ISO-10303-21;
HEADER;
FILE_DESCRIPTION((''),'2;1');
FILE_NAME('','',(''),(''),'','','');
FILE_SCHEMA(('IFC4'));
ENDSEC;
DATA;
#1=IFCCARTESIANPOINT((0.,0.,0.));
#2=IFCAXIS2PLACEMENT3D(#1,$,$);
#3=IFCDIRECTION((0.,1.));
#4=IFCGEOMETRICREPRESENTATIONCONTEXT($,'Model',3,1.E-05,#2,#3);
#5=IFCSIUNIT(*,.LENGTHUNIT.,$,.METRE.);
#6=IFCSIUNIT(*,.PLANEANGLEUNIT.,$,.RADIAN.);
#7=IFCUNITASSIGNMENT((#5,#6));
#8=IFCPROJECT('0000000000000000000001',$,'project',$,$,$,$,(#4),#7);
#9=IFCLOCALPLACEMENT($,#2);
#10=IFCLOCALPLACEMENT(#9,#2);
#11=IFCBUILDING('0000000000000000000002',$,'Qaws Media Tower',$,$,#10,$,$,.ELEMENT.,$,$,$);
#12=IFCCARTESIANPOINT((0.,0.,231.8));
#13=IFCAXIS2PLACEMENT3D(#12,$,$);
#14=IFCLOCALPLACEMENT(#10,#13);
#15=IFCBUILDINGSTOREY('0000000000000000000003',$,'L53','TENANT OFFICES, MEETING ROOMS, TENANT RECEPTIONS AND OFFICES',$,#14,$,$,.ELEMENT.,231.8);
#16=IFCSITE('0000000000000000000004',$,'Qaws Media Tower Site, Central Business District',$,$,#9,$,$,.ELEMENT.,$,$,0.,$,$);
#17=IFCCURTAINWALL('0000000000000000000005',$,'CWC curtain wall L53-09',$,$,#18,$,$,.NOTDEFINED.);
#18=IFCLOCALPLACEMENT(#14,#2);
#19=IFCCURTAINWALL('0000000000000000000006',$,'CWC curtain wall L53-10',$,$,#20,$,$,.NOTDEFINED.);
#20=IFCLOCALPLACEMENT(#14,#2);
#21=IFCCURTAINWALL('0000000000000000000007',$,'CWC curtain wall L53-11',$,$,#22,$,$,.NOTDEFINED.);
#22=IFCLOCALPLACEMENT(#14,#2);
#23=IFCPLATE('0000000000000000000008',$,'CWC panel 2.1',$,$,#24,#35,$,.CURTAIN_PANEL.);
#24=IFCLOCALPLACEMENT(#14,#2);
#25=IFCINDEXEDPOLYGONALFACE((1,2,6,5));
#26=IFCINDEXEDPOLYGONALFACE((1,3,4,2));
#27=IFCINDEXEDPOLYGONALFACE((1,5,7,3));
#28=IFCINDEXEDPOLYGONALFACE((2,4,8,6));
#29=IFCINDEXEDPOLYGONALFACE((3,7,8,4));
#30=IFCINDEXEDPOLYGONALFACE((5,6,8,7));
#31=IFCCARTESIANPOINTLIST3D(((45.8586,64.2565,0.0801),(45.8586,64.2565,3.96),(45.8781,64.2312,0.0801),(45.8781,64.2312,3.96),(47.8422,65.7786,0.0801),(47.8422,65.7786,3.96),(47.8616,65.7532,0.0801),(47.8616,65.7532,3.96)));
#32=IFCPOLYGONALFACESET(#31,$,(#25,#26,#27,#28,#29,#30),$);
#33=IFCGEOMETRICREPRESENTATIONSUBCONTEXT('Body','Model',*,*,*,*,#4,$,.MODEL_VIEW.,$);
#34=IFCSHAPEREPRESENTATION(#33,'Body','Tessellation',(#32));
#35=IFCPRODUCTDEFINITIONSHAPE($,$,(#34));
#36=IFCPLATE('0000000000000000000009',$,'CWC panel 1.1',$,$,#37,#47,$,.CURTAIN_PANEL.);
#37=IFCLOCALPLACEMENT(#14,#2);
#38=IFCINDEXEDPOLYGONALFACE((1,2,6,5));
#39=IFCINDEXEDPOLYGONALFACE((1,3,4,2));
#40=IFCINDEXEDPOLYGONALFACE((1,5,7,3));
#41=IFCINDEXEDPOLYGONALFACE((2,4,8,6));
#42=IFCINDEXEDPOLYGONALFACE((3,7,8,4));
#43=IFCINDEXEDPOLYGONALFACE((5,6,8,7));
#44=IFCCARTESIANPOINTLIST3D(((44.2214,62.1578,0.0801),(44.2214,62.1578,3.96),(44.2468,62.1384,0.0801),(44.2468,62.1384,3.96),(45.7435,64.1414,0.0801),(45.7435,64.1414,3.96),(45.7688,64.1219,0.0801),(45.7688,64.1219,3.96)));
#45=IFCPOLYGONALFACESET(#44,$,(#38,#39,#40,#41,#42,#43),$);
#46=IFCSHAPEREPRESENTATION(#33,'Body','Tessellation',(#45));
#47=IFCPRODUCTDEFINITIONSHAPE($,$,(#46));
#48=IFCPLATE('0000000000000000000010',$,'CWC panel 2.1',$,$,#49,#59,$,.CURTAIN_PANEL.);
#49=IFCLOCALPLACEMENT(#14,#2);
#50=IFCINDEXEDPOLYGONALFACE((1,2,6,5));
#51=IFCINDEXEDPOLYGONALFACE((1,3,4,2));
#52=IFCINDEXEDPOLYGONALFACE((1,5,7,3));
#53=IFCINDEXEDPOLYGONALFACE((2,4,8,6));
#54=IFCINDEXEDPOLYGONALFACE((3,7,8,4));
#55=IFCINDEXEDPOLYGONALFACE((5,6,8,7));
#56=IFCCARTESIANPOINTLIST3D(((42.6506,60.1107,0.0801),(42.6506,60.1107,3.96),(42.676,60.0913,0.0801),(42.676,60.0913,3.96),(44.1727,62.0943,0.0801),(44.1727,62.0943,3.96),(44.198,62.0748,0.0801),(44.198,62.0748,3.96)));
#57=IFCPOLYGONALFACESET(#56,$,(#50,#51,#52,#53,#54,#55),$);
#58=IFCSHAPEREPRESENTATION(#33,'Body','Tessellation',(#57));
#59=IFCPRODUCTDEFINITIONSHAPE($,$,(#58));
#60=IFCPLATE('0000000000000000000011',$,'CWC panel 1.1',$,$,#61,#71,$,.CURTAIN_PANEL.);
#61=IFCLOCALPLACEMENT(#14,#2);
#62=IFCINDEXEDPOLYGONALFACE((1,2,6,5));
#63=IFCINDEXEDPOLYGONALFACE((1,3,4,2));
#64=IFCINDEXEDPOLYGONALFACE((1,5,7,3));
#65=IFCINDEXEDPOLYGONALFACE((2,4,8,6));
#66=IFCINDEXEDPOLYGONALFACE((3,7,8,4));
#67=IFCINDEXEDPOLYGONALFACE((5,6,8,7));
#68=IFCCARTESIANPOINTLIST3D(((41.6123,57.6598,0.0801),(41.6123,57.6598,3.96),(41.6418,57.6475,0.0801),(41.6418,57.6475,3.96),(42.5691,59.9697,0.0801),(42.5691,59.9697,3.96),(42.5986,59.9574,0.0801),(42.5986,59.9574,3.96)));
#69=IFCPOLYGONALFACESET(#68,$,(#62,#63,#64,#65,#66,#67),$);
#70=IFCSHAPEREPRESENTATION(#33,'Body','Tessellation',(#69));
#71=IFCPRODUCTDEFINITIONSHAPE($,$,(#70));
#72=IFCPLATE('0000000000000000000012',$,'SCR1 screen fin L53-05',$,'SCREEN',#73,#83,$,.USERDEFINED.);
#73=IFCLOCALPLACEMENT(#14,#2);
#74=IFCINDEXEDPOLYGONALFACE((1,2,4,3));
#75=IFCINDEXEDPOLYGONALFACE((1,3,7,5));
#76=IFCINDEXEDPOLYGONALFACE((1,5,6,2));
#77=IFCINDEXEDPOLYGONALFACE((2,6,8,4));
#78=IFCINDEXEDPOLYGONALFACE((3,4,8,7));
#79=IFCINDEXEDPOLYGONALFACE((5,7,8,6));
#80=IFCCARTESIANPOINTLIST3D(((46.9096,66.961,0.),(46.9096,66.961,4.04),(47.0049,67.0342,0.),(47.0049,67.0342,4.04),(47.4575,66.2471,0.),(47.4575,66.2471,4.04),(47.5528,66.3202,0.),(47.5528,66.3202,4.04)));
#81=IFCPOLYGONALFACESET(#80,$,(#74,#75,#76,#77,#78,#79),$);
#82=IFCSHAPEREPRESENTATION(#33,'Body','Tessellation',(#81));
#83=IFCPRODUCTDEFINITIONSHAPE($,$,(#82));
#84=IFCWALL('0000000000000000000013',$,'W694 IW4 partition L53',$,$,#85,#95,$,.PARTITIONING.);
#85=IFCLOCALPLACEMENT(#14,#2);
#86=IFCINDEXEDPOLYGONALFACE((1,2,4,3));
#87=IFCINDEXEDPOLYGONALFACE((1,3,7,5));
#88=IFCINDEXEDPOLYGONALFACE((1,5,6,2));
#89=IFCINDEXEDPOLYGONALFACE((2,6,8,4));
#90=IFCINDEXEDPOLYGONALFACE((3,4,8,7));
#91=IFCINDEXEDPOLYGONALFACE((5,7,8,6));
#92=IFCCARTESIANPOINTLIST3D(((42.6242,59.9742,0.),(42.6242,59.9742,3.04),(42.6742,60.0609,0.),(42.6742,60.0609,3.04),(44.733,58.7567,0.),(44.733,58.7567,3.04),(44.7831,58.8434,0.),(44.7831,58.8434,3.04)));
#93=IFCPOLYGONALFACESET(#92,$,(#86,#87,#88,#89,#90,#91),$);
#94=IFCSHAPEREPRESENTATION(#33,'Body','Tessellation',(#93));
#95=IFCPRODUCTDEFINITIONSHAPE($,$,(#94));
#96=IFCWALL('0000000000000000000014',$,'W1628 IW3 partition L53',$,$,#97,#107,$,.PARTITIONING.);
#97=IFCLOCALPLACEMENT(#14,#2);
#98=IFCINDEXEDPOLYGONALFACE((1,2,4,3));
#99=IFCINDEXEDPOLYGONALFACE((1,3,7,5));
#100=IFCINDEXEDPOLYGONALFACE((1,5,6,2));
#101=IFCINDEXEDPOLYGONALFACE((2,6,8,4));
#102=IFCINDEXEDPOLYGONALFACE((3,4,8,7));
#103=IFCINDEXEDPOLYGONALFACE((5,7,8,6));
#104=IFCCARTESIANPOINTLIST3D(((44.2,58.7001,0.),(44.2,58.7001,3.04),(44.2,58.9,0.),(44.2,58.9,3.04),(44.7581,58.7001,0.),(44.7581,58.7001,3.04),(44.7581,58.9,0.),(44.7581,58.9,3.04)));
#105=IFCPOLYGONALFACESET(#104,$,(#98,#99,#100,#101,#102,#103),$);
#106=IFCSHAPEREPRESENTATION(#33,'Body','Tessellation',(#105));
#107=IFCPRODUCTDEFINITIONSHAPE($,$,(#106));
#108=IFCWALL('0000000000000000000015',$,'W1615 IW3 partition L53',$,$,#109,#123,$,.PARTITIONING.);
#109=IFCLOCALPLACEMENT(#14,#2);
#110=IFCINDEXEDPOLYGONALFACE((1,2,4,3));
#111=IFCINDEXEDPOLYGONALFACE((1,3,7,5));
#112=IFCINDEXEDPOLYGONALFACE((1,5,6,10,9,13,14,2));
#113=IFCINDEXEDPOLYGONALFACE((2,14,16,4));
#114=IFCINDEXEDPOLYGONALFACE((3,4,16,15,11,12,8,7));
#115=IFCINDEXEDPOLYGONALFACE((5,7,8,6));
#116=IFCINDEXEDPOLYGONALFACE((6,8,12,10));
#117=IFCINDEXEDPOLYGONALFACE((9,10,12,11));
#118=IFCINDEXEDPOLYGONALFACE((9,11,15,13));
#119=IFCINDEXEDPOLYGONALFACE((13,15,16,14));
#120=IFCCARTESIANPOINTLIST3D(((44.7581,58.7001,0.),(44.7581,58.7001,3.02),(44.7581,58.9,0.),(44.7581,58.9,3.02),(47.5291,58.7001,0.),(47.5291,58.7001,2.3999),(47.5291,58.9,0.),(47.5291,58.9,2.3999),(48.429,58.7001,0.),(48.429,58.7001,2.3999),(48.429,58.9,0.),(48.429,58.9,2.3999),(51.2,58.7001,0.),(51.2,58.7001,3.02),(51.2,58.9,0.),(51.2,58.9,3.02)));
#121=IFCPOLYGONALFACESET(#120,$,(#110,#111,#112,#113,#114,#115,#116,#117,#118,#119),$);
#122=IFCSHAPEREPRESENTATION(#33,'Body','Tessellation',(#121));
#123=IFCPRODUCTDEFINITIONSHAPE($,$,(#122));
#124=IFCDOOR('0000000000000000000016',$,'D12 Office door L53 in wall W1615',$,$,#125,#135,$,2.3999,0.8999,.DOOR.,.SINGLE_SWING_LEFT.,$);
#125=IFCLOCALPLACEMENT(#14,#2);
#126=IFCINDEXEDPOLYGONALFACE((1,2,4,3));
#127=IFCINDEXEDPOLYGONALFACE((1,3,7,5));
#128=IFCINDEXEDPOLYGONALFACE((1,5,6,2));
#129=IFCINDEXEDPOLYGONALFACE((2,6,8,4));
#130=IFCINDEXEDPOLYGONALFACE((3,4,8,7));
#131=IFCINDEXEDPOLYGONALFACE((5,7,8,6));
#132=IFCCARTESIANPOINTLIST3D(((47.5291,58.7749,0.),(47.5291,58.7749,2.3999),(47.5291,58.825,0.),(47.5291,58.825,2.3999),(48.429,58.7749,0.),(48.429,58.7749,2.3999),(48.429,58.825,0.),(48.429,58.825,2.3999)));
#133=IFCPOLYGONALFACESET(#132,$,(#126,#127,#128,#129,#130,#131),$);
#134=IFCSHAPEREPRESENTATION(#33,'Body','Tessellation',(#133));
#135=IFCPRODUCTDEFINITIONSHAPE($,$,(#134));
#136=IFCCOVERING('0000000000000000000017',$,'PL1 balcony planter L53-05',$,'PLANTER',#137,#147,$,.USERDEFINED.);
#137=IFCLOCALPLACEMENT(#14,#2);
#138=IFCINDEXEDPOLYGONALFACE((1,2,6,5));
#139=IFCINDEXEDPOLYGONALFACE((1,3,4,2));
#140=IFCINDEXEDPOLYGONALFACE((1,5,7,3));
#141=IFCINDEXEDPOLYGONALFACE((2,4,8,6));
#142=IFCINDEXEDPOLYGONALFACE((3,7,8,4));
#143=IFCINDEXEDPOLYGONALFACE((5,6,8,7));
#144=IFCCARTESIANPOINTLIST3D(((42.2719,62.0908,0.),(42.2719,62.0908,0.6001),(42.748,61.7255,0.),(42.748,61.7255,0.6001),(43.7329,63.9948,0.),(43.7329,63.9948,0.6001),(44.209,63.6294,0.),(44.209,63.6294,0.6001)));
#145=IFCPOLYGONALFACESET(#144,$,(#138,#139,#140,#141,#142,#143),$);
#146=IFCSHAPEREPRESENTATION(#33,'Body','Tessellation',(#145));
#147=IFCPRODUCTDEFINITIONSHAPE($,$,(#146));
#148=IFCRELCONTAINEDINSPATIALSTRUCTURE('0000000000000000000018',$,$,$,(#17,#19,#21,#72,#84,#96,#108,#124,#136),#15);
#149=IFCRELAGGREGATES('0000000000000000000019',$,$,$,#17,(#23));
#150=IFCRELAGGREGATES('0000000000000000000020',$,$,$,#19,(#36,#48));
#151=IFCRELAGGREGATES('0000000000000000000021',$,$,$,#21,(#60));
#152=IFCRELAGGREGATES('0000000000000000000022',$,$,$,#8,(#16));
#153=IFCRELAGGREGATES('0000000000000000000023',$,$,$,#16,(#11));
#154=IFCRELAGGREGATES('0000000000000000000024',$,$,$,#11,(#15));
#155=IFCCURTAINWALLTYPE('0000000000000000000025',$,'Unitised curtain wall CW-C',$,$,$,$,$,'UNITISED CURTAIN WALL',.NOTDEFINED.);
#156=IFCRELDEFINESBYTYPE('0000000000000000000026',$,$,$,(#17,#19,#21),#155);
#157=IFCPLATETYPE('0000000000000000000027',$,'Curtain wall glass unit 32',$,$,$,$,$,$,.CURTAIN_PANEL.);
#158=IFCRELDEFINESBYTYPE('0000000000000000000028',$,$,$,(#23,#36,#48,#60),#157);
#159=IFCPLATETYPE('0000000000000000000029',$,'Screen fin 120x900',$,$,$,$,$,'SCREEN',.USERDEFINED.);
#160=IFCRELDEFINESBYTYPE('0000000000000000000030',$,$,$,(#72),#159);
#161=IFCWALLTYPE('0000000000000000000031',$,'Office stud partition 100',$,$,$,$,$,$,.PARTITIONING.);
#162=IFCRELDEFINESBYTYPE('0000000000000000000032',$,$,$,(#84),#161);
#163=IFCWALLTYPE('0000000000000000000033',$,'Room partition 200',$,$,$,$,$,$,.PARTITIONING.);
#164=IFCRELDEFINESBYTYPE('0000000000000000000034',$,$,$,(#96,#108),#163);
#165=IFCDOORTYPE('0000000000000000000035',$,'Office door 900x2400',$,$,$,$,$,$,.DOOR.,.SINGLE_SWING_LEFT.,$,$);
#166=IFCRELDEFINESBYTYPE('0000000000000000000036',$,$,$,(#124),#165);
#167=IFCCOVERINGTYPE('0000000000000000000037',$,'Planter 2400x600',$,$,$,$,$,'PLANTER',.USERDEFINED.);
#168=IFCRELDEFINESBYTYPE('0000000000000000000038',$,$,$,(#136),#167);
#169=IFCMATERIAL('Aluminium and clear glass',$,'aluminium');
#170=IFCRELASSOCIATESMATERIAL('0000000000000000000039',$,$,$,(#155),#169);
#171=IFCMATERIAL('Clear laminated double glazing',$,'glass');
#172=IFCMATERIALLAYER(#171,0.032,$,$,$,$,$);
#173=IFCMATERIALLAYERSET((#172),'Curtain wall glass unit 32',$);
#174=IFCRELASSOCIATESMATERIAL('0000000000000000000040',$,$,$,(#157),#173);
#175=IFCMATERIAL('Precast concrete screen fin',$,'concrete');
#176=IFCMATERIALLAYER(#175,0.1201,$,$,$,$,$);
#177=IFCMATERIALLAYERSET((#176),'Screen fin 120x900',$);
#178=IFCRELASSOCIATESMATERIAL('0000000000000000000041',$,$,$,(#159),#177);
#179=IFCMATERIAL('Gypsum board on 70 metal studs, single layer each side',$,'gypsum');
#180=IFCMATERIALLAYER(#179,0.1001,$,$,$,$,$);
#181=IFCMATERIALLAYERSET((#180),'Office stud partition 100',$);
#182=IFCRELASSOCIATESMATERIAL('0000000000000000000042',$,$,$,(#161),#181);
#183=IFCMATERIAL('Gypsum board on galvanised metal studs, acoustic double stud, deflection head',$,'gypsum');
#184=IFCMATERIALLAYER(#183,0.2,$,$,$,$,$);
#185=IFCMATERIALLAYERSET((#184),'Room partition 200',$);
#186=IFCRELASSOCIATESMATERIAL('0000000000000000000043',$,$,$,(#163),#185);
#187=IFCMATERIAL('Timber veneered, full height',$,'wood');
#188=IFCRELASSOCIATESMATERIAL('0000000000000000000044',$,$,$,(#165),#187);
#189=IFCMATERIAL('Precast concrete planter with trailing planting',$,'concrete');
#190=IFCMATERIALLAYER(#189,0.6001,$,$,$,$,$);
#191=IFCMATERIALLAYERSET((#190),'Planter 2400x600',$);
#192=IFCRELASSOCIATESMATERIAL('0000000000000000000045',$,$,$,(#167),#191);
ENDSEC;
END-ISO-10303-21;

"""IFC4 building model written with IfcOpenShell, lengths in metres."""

from ifc_helpers import new_model, si_unit, direction, frame, frame_2d, origin, origin_2d, place, context, subcontext, project, spatial, rectangle, extrude, material, layer, layer_set, type_object, element, fill, aggregate, save


model = new_model("IFC4")

# Units and contexts
model_context = context("Model", 3, precision=1e-05, world=origin(), true_north=direction((0.0, 1.0)))
body_context = subcontext(model_context, "Body", "Model", "MODEL_VIEW")
ifc_project = project(units=[si_unit("LENGTHUNIT", "METRE"), si_unit("PLANEANGLEUNIT", "RADIAN")], contexts=[model_context])

# Site, building, storey
site_placement = place(None, origin())
site = spatial("IfcSite", under=ifc_project, at=site_placement, Name="Qaws Media Tower Site, Central Business District", CompositionType="ELEMENT", RefElevation=0.0)
building_placement = place(site_placement, origin())
building = spatial("IfcBuilding", under=site, at=building_placement, Name="Qaws Media Tower", CompositionType="ELEMENT")
storey_placement = place(building_placement, frame((0.0, 0.0, 231.8)))
storey = spatial("IfcBuildingStorey", under=building, at=storey_placement, Name="L53", Description="TENANT OFFICES, MEETING ROOMS, TENANT RECEPTIONS AND OFFICES", CompositionType="ELEMENT", Elevation=231.8)

# Curtain wall
ifc_material_1 = material(Name="Aluminium and clear glass", Category="aluminium")
curtain_wall_type = type_object("IfcCurtainWallType", Name="Unitised curtain wall CW-C", ElementType="UNITISED CURTAIN WALL", PredefinedType="NOTDEFINED", material=ifc_material_1)
curtain_wall_1_placement = place(storey_placement, origin())
curtain_wall_1 = element("IfcCurtainWall", 1, at=curtain_wall_1_placement, inside=storey, type_object=curtain_wall_type, Name="CWC curtain wall L53-09", PredefinedType="NOTDEFINED")

# Curtain wall
curtain_wall_2_placement = place(storey_placement, origin())
curtain_wall_2 = element("IfcCurtainWall", 2, at=curtain_wall_2_placement, inside=storey, type_object=curtain_wall_type, Name="CWC curtain wall L53-10", PredefinedType="NOTDEFINED")

# Curtain wall
curtain_wall_3_placement = place(storey_placement, origin())
curtain_wall_3 = element("IfcCurtainWall", 3, at=curtain_wall_3_placement, inside=storey, type_object=curtain_wall_type, Name="CWC curtain wall L53-11", PredefinedType="NOTDEFINED")

# Plates
ifc_material_2 = material(Name="Clear laminated double glazing", Category="glass")
ifc_layer_1 = layer(ifc_material_2, 0.032)
ifc_layer_set_1 = layer_set([ifc_layer_1], Name="Curtain wall glass unit 32")
plate_type_1 = type_object("IfcPlateType", Name="Curtain wall glass unit 32", PredefinedType="CURTAIN_PANEL", material=ifc_layer_set_1)
plate_1_placement = place(storey_placement, frame((46.8601, 65.0049, 0.0801), z_axis=(0.0, 0.0, 1.0), x_axis=(-0.793353, -0.608761, 0.0)))
plate_1 = element("IfcPlate", 4, at=plate_1_placement, type_object=plate_type_1, Name="CWC panel 2.1", PredefinedType="CURTAIN_PANEL", context=body_context, shape_type="SweptSolid", body=[
    extrude(rectangle(XDim=2.5002, YDim=0.032, at=origin_2d()), origin(), (0.0, 0.0, 1.0), 3.8799),
])
aggregate(curtain_wall_1, [plate_1])
plate_2_placement = place(storey_placement, frame((44.9951, 63.1399, 0.0801), z_axis=(0.0, 0.0, 1.0), x_axis=(-0.608761, -0.793353, 0.0)))
plate_2 = element("IfcPlate", 5, at=plate_2_placement, type_object=plate_type_1, Name="CWC panel 1.1", PredefinedType="CURTAIN_PANEL", context=body_context, shape_type="SweptSolid", body=[
    extrude(rectangle(XDim=2.5002, YDim=0.032, at=origin_2d()), origin(), (0.0, 0.0, 1.0), 3.8799),
])
plate_3_placement = place(storey_placement, frame((43.4243, 61.0928, 0.0801), z_axis=(0.0, 0.0, 1.0), x_axis=(-0.608761, -0.793353, 0.0)))
plate_3 = element("IfcPlate", 6, at=plate_3_placement, type_object=plate_type_1, Name="CWC panel 2.1", PredefinedType="CURTAIN_PANEL", context=body_context, shape_type="SweptSolid", body=[
    extrude(rectangle(XDim=2.5002, YDim=0.032, at=origin_2d()), origin(), (0.0, 0.0, 1.0), 3.8799),
])
aggregate(curtain_wall_2, [plate_2, plate_3])
plate_4_placement = place(storey_placement, frame((42.1055, 58.8086, 0.0801), z_axis=(0.0, 0.0, 1.0), x_axis=(-0.382683, -0.92388, 0.0)))
plate_4 = element("IfcPlate", 7, at=plate_4_placement, type_object=plate_type_1, Name="CWC panel 1.1", PredefinedType="CURTAIN_PANEL", context=body_context, shape_type="SweptSolid", body=[
    extrude(rectangle(XDim=2.5002, YDim=0.032, at=origin_2d()), origin(), (0.0, 0.0, 1.0), 3.8799),
])
aggregate(curtain_wall_3, [plate_4])
ifc_material_3 = material(Name="Precast concrete screen fin", Category="concrete")
ifc_layer_2 = layer(ifc_material_3, 0.1201)
ifc_layer_set_2 = layer_set([ifc_layer_2], Name="Screen fin 120x900")
plate_type_2 = type_object("IfcPlateType", Name="Screen fin 120x900", ElementType="SCREEN", PredefinedType="USERDEFINED", material=ifc_layer_set_2)
plate_5_placement = place(storey_placement, frame((47.2312, 66.6406, 0.0), z_axis=(0.0, 0.0, 1.0), x_axis=(-0.608761, 0.793353, 0.0)))
element("IfcPlate", 8, at=plate_5_placement, inside=storey, type_object=plate_type_2, Name="SCR1 screen fin L53-05", ObjectType="SCREEN", PredefinedType="USERDEFINED", context=body_context, shape_type="SweptSolid", body=[
    extrude(rectangle(XDim=0.8999, YDim=0.1201, at=origin_2d()), origin(), (0.0, 0.0, 1.0), 4.04),
])

# Walls
ifc_material_4 = material(Name="Gypsum board on 70 metal studs, single layer each side", Category="gypsum")
ifc_layer_3 = layer(ifc_material_4, 0.1001)
ifc_layer_set_3 = layer_set([ifc_layer_3], Name="Office stud partition 100")
wall_type_1 = type_object("IfcWallType", Name="Office stud partition 100", PredefinedType="PARTITIONING", material=ifc_layer_set_3)
wall_1_placement = place(storey_placement, frame((44.7581, 58.8, 0.0), z_axis=(0.0, 0.0, 1.0), x_axis=(-0.866032, 0.499989, 0.0)))
element("IfcWall", 9, at=wall_1_placement, inside=storey, type_object=wall_type_1, Name="W694 IW4 partition L53", PredefinedType="PARTITIONING", context=body_context, shape_type="SweptSolid", body=[
    extrude(rectangle(XDim=2.4351, YDim=0.1001, at=frame_2d((1.2175, 0.0))), origin(), (0.0, 0.0, 1.0), 3.04),
])
ifc_material_5 = material(Name="Gypsum board on galvanised metal studs, acoustic double stud, deflection head", Category="gypsum")
ifc_layer_4 = layer(ifc_material_5, 0.2)
ifc_layer_set_4 = layer_set([ifc_layer_4], Name="Room partition 200")
wall_type_2 = type_object("IfcWallType", Name="Room partition 200", PredefinedType="PARTITIONING", material=ifc_layer_set_4)
wall_2_placement = place(storey_placement, frame((44.2, 58.8, 0.0), z_axis=(0.0, 0.0, 1.0), x_axis=(1.0, 0.0, 0.0)))
element("IfcWall", 10, at=wall_2_placement, inside=storey, type_object=wall_type_2, Name="W1628 IW3 partition L53", PredefinedType="PARTITIONING", context=body_context, shape_type="SweptSolid", body=[
    extrude(rectangle(XDim=0.5581, YDim=0.2, at=frame_2d((0.2791, 0.0))), origin(), (0.0, 0.0, 1.0), 3.04),
])

# Wall, opening, door
wall_3_placement = place(storey_placement, frame((44.7581, 58.8, 0.0), z_axis=(0.0, 0.0, 1.0), x_axis=(1.0, 0.0, 0.0)))
wall_3 = element("IfcWall", 11, at=wall_3_placement, inside=storey, type_object=wall_type_2, Name="W1615 IW3 partition L53", PredefinedType="PARTITIONING", context=body_context, shape_type="SweptSolid", body=[
    extrude(rectangle(XDim=6.4419, YDim=0.2, at=frame_2d((3.2209, 0.0))), origin(), (0.0, 0.0, 1.0), 3.02),
])
opening_placement = place(wall_3_placement, frame((2.771, 0.0, 0.0)))
opening = element("IfcOpeningElement", 12, at=opening_placement, cuts=wall_3, PredefinedType="OPENING", context=body_context, shape_type="SweptSolid", body=[
    extrude(rectangle(XDim=0.8999, YDim=2.3999, at=frame_2d((0.45, 1.2))), frame((0.0, 0.1099, 0.0), z_axis=(0.0, -1.0, 0.0), x_axis=(1.0, 0.0, 0.0)), (0.0, 0.0, 1.0), 0.22),
])
ifc_material_6 = material(Name="Timber veneered, full height", Category="wood")
door_type = type_object("IfcDoorType", Name="Office door 900x2400", OperationType="SINGLE_SWING_LEFT", PredefinedType="DOOR", material=ifc_material_6)
door_placement = place(opening_placement, origin())
door = element("IfcDoor", 13, at=door_placement, inside=storey, type_object=door_type, Name="D12 Office door L53 in wall W1615", OperationType="SINGLE_SWING_LEFT", OverallHeight=2.3999, OverallWidth=0.8999, PredefinedType="DOOR", context=body_context, shape_type="SweptSolid", body=[
    extrude(rectangle(XDim=0.8999, YDim=2.3999, at=frame_2d((0.45, 1.2))), frame((0.0, 0.0249, 0.0), z_axis=(0.0, -1.0, 0.0), x_axis=(1.0, 0.0, 0.0)), (0.0, 0.0, 1.0), 0.05),
])
fill(opening, door)

# Covering
ifc_material_7 = material(Name="Precast concrete planter with trailing planting", Category="concrete")
ifc_layer_5 = layer(ifc_material_7, 0.6001)
ifc_layer_set_5 = layer_set([ifc_layer_5], Name="Planter 2400x600")
covering_type = type_object("IfcCoveringType", Name="Planter 2400x600", ElementType="PLANTER", PredefinedType="USERDEFINED", material=ifc_layer_set_5)
covering_placement = place(storey_placement, frame((43.2405, 62.8601, 0.0), z_axis=(0.0, 0.0, 1.0), x_axis=(-0.608761, -0.793353, 0.0)))
element("IfcCovering", 14, at=covering_placement, inside=storey, type_object=covering_type, Name="PL1 balcony planter L53-05", ObjectType="PLANTER", PredefinedType="USERDEFINED", context=body_context, shape_type="SweptSolid", body=[
    extrude(rectangle(XDim=2.3999, YDim=0.6001, at=origin_2d()), origin(), (0.0, 0.0, 1.0), 0.6001),
])

save(model, "model.ifc")
